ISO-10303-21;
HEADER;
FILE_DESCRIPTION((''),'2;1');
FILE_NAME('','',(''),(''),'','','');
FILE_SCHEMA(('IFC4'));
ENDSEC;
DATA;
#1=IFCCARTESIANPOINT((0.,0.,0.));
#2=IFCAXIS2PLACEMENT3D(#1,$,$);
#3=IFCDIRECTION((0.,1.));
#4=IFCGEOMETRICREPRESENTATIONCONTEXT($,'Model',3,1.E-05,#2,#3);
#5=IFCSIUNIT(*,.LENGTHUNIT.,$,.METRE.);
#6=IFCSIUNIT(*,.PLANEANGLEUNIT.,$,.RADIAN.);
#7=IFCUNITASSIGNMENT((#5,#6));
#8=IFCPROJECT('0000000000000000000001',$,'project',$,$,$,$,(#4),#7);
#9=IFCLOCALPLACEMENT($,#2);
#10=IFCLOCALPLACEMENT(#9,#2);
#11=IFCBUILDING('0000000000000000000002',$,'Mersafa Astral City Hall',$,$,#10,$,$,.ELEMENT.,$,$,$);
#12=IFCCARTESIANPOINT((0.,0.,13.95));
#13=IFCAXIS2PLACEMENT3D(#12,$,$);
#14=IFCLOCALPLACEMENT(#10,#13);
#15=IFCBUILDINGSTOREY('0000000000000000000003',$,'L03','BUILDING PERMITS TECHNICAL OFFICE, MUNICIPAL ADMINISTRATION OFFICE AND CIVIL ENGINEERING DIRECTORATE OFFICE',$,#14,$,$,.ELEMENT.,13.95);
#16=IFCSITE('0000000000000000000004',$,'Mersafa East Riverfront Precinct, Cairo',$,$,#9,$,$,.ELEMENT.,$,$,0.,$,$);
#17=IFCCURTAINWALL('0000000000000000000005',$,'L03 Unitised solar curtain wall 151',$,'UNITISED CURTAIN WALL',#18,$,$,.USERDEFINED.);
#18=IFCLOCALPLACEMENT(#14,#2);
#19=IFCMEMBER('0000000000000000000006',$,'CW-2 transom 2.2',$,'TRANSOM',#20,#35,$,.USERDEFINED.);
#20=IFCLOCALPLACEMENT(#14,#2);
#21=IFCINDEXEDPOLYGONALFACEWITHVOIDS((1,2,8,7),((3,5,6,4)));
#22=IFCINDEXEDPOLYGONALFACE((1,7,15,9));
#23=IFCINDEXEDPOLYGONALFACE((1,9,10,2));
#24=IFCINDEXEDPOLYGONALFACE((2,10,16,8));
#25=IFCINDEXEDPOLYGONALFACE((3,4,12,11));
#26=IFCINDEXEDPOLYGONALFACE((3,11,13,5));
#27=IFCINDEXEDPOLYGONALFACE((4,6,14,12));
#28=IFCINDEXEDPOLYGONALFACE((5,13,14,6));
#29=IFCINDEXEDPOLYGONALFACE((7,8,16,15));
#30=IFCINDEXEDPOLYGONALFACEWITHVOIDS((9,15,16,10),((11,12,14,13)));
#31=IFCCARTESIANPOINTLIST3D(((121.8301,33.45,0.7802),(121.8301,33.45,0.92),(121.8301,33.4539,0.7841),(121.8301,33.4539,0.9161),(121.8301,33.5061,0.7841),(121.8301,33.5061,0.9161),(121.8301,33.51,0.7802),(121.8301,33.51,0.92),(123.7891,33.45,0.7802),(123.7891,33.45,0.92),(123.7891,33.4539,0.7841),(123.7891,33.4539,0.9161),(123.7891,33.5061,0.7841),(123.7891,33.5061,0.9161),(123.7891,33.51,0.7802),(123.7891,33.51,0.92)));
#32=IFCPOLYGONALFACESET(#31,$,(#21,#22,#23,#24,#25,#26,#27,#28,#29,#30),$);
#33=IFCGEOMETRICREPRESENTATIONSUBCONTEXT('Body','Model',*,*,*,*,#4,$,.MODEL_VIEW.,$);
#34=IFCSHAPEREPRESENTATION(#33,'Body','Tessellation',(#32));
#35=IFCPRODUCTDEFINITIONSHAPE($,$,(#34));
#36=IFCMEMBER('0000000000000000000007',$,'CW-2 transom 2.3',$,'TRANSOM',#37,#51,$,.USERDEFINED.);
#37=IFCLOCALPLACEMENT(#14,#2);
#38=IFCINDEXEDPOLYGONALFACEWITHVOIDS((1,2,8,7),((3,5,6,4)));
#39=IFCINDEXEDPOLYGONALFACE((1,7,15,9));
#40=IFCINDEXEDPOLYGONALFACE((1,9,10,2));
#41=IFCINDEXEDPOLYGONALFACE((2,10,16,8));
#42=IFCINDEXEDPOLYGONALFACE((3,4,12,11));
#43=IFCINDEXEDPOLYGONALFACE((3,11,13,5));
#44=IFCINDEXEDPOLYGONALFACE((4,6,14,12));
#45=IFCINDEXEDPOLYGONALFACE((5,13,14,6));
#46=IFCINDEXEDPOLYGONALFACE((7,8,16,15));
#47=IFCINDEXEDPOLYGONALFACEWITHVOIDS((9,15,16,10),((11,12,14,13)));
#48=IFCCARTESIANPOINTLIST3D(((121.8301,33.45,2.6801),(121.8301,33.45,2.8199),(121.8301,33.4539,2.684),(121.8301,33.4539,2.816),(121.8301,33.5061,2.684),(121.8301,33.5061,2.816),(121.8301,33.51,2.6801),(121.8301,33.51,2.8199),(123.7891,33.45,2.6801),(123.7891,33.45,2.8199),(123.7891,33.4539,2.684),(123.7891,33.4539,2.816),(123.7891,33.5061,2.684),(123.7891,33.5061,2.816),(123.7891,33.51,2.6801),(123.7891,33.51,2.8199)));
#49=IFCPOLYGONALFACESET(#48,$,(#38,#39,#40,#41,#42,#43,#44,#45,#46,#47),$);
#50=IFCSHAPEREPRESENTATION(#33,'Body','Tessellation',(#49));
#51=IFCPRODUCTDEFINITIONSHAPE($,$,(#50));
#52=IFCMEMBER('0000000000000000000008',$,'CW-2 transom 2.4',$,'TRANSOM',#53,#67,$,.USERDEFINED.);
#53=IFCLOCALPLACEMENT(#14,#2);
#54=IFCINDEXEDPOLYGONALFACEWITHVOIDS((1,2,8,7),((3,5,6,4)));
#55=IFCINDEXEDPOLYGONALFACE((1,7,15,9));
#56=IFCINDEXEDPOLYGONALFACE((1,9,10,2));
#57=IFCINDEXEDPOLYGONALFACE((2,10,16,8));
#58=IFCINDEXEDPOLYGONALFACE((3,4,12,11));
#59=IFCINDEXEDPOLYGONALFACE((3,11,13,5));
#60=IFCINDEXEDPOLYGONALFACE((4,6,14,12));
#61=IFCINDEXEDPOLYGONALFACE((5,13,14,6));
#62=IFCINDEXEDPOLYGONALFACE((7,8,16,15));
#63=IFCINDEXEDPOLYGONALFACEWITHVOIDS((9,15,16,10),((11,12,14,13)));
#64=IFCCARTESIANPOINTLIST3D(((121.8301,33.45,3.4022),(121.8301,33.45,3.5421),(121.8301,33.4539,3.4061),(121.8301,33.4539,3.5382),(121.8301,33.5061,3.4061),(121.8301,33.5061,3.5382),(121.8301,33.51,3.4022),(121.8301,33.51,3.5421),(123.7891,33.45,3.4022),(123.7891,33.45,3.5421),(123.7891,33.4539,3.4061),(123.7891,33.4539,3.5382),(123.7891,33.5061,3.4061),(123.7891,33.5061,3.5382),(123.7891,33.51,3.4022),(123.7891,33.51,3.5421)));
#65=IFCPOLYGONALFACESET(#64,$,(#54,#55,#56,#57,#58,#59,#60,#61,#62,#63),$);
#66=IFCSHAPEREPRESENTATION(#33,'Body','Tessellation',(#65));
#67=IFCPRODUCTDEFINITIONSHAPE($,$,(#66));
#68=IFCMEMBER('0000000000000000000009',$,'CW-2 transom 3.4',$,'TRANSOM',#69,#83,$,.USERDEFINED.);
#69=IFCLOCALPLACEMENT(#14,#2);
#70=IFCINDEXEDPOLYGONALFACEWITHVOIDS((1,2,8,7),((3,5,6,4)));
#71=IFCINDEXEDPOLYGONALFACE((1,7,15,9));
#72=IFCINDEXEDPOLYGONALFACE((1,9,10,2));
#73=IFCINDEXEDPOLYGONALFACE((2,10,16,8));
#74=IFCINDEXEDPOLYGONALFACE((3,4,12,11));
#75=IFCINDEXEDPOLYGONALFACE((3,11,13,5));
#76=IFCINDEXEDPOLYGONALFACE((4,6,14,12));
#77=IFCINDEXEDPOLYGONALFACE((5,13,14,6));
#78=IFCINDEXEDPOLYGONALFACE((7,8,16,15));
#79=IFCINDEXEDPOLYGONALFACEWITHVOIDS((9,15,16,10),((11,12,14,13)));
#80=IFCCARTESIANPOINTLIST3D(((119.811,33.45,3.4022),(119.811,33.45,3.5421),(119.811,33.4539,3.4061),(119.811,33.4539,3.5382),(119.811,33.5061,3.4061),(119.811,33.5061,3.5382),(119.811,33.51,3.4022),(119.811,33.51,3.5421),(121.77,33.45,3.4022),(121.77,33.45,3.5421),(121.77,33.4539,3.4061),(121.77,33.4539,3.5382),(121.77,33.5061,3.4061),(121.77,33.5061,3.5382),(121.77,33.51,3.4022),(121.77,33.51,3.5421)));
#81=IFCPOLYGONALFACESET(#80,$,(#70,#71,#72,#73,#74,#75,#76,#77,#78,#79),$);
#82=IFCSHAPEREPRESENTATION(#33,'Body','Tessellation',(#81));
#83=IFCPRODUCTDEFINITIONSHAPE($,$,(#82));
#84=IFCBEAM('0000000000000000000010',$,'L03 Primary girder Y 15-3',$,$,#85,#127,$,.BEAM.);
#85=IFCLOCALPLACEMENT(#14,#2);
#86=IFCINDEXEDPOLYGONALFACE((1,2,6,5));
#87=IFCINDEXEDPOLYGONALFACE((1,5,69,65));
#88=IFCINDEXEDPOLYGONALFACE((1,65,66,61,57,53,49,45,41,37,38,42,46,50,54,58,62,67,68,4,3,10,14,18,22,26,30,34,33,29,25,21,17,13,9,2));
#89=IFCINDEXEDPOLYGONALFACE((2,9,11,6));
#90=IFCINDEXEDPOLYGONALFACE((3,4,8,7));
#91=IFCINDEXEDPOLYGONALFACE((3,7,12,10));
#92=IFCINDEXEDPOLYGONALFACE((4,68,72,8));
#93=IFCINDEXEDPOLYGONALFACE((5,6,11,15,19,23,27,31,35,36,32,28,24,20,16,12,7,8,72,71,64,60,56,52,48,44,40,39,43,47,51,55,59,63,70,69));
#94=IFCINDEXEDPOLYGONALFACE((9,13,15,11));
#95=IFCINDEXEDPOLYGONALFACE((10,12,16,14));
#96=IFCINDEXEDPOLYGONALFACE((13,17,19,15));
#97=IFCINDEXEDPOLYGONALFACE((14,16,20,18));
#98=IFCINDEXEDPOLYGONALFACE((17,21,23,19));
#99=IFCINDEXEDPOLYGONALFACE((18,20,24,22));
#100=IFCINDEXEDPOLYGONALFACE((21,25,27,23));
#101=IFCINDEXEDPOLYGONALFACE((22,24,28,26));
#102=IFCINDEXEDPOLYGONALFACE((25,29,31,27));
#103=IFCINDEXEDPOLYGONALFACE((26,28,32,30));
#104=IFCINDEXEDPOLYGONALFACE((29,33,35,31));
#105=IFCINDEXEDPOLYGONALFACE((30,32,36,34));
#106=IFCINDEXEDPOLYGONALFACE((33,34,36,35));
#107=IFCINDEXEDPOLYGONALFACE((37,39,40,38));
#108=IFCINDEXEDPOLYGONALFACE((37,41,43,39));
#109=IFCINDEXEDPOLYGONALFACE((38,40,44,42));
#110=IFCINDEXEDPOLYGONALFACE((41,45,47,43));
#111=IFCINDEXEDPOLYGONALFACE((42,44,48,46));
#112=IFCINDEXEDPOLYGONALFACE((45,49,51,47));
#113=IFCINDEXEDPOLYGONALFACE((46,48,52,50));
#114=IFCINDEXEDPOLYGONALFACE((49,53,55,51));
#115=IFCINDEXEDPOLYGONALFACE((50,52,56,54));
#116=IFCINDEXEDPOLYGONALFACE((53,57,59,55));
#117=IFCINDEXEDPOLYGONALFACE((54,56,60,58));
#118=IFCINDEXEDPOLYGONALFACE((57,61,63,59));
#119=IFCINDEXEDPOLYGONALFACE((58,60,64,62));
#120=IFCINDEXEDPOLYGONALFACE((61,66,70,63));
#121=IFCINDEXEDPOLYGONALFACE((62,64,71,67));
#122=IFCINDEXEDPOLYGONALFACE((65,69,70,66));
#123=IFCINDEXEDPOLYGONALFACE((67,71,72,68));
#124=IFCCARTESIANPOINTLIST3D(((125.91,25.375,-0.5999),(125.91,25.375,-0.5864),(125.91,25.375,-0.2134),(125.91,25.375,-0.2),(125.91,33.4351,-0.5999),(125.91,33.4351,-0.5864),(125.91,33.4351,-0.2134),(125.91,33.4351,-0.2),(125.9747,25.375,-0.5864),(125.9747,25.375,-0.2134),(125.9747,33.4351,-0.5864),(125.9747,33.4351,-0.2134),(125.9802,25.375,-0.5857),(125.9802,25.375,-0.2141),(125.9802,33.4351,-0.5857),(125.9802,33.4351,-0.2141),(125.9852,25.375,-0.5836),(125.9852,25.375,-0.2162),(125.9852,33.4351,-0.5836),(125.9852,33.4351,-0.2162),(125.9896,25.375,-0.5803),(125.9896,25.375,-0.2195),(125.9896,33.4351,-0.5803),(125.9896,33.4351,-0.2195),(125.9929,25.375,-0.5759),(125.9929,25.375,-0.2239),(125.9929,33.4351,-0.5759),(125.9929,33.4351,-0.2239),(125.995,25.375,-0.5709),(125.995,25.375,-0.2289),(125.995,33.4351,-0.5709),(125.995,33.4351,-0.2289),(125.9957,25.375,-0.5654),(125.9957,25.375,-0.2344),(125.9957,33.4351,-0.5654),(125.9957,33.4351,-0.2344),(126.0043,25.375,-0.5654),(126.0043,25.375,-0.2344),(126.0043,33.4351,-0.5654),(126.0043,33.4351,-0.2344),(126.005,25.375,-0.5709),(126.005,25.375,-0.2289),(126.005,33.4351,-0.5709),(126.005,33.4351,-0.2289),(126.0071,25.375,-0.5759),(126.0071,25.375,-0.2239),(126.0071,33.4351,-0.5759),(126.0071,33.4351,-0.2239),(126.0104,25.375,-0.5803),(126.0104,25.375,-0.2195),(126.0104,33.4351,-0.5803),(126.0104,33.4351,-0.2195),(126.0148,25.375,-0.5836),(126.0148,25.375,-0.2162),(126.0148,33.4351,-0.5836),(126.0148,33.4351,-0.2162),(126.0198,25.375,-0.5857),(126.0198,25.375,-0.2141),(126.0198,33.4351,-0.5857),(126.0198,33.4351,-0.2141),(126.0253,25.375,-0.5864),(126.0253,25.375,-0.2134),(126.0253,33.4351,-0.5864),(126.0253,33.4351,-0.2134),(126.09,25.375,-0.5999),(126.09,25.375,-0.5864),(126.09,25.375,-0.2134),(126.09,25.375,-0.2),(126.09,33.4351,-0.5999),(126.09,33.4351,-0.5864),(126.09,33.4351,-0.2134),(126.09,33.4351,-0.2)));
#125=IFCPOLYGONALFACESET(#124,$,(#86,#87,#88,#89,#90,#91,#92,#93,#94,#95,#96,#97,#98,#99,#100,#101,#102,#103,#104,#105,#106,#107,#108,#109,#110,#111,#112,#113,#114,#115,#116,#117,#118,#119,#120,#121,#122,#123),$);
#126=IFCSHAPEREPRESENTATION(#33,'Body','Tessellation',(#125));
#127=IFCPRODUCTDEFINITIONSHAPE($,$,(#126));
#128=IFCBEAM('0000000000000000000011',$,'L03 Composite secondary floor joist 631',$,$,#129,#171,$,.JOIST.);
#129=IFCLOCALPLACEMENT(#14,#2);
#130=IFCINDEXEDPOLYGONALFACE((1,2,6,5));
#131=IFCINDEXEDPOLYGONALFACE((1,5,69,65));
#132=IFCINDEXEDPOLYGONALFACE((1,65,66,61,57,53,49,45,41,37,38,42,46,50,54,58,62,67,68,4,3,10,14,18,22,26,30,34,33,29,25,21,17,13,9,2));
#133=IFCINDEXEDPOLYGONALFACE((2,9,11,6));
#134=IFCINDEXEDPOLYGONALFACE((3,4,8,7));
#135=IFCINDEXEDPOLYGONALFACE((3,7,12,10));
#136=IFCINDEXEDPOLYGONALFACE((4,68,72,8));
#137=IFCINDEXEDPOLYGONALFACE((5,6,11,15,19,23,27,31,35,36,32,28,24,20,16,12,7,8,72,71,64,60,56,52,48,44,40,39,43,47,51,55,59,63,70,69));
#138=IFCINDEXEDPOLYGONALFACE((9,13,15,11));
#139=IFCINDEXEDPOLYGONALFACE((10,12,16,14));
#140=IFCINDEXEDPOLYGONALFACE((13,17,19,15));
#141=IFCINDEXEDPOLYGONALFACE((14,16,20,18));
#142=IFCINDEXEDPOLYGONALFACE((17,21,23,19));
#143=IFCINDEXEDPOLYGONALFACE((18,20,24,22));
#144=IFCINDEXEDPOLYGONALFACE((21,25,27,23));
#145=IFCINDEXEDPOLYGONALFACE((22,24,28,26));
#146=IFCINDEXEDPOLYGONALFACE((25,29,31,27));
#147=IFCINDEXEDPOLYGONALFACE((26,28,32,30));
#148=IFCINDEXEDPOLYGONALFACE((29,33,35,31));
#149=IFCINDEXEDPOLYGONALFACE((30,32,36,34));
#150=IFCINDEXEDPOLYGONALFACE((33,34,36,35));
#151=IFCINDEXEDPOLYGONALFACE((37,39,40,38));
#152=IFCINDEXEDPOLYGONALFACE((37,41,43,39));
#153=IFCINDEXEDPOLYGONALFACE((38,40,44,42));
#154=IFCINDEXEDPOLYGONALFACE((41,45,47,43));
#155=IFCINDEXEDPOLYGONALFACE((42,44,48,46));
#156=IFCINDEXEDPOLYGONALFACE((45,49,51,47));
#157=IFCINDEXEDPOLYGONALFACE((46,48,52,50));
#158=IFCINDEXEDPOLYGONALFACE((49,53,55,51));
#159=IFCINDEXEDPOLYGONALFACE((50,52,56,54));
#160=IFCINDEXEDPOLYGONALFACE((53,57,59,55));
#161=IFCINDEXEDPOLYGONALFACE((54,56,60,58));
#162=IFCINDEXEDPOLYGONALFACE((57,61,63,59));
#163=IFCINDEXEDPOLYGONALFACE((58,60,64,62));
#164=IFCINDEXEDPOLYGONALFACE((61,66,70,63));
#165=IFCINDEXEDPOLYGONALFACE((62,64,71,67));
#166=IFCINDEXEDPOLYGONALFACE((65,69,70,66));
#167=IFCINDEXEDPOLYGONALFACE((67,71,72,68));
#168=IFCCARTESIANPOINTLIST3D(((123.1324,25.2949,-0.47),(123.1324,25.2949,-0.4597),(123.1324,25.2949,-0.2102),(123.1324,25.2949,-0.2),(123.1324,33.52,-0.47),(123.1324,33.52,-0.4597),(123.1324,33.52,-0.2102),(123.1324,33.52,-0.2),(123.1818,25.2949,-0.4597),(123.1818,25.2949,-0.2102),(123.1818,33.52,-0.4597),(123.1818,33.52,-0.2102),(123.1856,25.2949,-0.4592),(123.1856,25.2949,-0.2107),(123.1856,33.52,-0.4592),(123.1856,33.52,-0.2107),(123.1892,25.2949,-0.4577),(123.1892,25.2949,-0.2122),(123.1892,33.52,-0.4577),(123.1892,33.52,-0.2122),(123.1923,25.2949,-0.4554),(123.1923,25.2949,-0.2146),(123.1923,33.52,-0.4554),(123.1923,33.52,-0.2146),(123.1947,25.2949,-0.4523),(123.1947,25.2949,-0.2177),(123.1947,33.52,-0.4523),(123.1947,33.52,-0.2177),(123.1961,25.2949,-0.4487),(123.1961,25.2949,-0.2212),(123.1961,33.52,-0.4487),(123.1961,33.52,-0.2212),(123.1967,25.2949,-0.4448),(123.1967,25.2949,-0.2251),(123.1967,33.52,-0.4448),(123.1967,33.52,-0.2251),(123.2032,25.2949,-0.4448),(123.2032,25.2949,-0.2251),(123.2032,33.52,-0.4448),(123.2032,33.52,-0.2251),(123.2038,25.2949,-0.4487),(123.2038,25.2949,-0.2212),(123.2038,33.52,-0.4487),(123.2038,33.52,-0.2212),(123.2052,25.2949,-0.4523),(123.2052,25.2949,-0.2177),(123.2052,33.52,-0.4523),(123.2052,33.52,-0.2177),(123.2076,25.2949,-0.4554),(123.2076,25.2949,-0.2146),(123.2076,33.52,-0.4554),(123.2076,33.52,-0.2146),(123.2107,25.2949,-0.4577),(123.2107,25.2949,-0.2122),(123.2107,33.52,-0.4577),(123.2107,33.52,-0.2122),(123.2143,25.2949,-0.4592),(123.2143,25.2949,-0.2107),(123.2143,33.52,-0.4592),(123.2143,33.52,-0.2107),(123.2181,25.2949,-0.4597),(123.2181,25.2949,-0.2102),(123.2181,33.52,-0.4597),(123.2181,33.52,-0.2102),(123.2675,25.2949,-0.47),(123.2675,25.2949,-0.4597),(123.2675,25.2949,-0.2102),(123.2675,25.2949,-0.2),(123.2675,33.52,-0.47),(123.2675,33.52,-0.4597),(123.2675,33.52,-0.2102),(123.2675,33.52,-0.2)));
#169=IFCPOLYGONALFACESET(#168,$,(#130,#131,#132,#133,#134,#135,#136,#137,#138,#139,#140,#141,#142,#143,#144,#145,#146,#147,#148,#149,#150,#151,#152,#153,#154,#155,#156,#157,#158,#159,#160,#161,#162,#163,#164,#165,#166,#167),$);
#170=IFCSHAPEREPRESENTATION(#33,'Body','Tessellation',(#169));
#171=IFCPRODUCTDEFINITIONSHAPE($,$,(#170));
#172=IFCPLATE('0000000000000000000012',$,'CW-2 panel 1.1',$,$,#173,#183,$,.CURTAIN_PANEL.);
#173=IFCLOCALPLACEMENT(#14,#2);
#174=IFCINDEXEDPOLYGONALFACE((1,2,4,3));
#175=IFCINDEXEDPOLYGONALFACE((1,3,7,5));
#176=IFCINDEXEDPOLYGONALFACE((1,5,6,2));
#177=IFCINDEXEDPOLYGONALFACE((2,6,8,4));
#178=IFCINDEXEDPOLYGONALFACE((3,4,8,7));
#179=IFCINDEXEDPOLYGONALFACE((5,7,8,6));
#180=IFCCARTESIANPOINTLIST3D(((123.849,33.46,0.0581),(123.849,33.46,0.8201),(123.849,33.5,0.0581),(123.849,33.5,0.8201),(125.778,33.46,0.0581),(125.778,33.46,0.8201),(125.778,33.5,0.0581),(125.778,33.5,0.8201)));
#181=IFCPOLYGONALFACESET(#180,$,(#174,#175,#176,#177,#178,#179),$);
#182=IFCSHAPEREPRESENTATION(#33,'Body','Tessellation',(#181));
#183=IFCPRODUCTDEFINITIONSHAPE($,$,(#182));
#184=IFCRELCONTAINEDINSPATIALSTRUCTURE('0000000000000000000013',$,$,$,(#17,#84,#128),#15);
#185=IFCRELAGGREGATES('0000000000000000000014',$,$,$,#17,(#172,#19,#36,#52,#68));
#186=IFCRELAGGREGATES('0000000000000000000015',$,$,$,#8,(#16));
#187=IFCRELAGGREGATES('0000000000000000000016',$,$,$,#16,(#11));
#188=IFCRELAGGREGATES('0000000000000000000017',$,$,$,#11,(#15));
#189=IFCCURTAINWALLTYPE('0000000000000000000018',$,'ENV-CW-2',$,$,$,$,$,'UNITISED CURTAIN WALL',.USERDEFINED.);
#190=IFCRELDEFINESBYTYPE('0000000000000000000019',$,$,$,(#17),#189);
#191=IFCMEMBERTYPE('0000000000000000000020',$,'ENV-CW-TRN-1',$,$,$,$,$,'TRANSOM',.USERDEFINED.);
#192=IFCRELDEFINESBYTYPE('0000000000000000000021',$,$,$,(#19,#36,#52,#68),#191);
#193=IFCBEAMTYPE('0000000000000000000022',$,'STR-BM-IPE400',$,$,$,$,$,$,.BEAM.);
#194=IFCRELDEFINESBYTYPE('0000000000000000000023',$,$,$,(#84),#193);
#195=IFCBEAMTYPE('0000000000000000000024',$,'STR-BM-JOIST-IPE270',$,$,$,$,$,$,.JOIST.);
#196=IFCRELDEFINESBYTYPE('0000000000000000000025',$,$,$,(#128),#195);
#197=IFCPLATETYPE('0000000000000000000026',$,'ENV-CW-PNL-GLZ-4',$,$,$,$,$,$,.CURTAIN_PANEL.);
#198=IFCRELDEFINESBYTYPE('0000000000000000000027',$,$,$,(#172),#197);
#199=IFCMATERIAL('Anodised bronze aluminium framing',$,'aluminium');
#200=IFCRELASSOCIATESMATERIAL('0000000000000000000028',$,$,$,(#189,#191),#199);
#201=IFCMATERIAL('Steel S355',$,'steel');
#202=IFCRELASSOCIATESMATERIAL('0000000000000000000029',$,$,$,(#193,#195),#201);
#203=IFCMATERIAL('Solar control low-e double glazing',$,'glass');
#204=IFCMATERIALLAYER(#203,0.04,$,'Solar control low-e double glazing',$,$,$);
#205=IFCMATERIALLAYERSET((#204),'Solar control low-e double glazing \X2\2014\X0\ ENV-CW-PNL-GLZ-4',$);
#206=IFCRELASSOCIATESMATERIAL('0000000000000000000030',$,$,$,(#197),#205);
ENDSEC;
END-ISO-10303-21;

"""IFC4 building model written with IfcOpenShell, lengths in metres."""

from ifc_helpers import new_model, si_unit, direction, frame, origin, origin_2d, place, context, subcontext, project, spatial, rectangle, hollow_rectangle, i_section, extrude, material, layer, layer_set, material_profile, profile_set, type_object, element, aggregate, save


model = new_model("IFC4")

# Units and contexts
model_context = context("Model", 3, precision=1e-05, world=origin(), true_north=direction((0.0, 1.0)))
body_context = subcontext(model_context, "Body", "Model", "MODEL_VIEW")
ifc_project = project(units=[si_unit("LENGTHUNIT", "METRE"), si_unit("PLANEANGLEUNIT", "RADIAN")], contexts=[model_context])

# Site, building, storey
site_placement = place(None, origin())
site = spatial("IfcSite", under=ifc_project, at=site_placement, Name="Mersafa East Riverfront Precinct, Cairo", CompositionType="ELEMENT", RefElevation=0.0)
building_placement = place(site_placement, origin())
building = spatial("IfcBuilding", under=site, at=building_placement, Name="Mersafa Astral City Hall", CompositionType="ELEMENT")
storey_placement = place(building_placement, frame((0.0, 0.0, 13.95)))
storey = spatial("IfcBuildingStorey", under=building, at=storey_placement, Name="L03", Description="BUILDING PERMITS TECHNICAL OFFICE, MUNICIPAL ADMINISTRATION OFFICE AND CIVIL ENGINEERING DIRECTORATE OFFICE", CompositionType="ELEMENT", Elevation=13.95)

# Shared definitions
ifc_material_1 = material(Name="Steel S355", Category="steel")

# Curtain wall, members
ifc_material_2 = material(Name="Anodised bronze aluminium framing", Category="aluminium")
curtain_wall_type = type_object("IfcCurtainWallType", Name="ENV-CW-2", ElementType="UNITISED CURTAIN WALL", PredefinedType="USERDEFINED", material=ifc_material_2)
curtain_wall_placement = place(storey_placement, origin())
curtain_wall = element("IfcCurtainWall", 1, at=curtain_wall_placement, inside=storey, type_object=curtain_wall_type, Name="L03 Unitised solar curtain wall 151", ObjectType="UNITISED CURTAIN WALL", PredefinedType="USERDEFINED")
ifc_material_profile_1 = material_profile(ifc_material_2, hollow_rectangle(XDim=0.0601, YDim=0.1399, WallThickness=0.0039, at=origin_2d()), Name="RHS 60x140x4")
ifc_profile_set_1 = profile_set([ifc_material_profile_1], Name="Anodised bronze aluminium framing")
member_type_1 = type_object("IfcMemberType", Name="ENV-CW-TRN-1", ElementType="TRANSOM", PredefinedType="USERDEFINED", material=ifc_profile_set_1)
member_1_placement = place(storey_placement, frame((123.7891, 33.48, 0.8501), z_axis=(-1.0, 0.0, 0.0), x_axis=(0.0, -1.0, 0.0)))
member_1 = element("IfcMember", 2, at=member_1_placement, type_object=member_type_1, Name="CW-2 transom 2.2", ObjectType="TRANSOM", PredefinedType="USERDEFINED", context=body_context, shape_type="SweptSolid", body=[
    extrude(hollow_rectangle(XDim=0.0601, YDim=0.1399, WallThickness=0.0039, at=origin_2d()), origin(), (0.0, 0.0, 1.0), 1.959),
])
member_2_placement = place(storey_placement, frame((123.7891, 33.48, 2.75), z_axis=(-1.0, 0.0, 0.0), x_axis=(0.0, -1.0, 0.0)))
member_2 = element("IfcMember", 3, at=member_2_placement, type_object=member_type_1, Name="CW-2 transom 2.3", ObjectType="TRANSOM", PredefinedType="USERDEFINED", context=body_context, shape_type="SweptSolid", body=[
    extrude(hollow_rectangle(XDim=0.0601, YDim=0.1399, WallThickness=0.0039, at=origin_2d()), origin(), (0.0, 0.0, 1.0), 1.959),
])
member_3_placement = place(storey_placement, frame((123.7891, 33.48, 3.4722), z_axis=(-1.0, 0.0, 0.0), x_axis=(0.0, -1.0, 0.0)))
member_3 = element("IfcMember", 4, at=member_3_placement, type_object=member_type_1, Name="CW-2 transom 2.4", ObjectType="TRANSOM", PredefinedType="USERDEFINED", context=body_context, shape_type="SweptSolid", body=[
    extrude(hollow_rectangle(XDim=0.0601, YDim=0.1399, WallThickness=0.0039, at=origin_2d()), origin(), (0.0, 0.0, 1.0), 1.959),
])
member_4_placement = place(storey_placement, frame((121.77, 33.48, 3.4722), z_axis=(-1.0, 0.0, 0.0), x_axis=(0.0, -1.0, 0.0)))
member_4 = element("IfcMember", 5, at=member_4_placement, type_object=member_type_1, Name="CW-2 transom 3.4", ObjectType="TRANSOM", PredefinedType="USERDEFINED", context=body_context, shape_type="SweptSolid", body=[
    extrude(hollow_rectangle(XDim=0.0601, YDim=0.1399, WallThickness=0.0039, at=origin_2d()), origin(), (0.0, 0.0, 1.0), 1.959),
])

# Beams
ifc_material_profile_2 = material_profile(ifc_material_1, i_section(OverallWidth=0.1799, OverallDepth=0.3999, WebThickness=0.0085, FlangeThickness=0.0134, FilletRadius=0.021, at=origin_2d()), Name="IPE 400")
ifc_profile_set_2 = profile_set([ifc_material_profile_2], Name="Steel S355")
beam_type_1 = type_object("IfcBeamType", Name="STR-BM-IPE400", PredefinedType="BEAM", material=ifc_profile_set_2)
beam_1_placement = place(storey_placement, frame((126.0, 25.375, -0.3999), z_axis=(0.0, 1.0, 0.0), x_axis=(-1.0, 0.0, 0.0)))
element("IfcBeam", 6, at=beam_1_placement, inside=storey, type_object=beam_type_1, Name="L03 Primary girder Y 15-3", PredefinedType="BEAM", context=body_context, shape_type="SweptSolid", body=[
    extrude(i_section(OverallWidth=0.1799, OverallDepth=0.3999, WebThickness=0.0085, FlangeThickness=0.0134, FilletRadius=0.021, at=origin_2d()), origin(), (0.0, 0.0, 1.0), 8.0601),
])
ifc_material_profile_3 = material_profile(ifc_material_1, i_section(OverallWidth=0.135, OverallDepth=0.27, WebThickness=0.0066, FlangeThickness=0.0103, FilletRadius=0.0149, at=origin_2d()), Name="IPE 270")
ifc_profile_set_3 = profile_set([ifc_material_profile_3], Name="Steel S355")
beam_type_2 = type_object("IfcBeamType", Name="STR-BM-JOIST-IPE270", PredefinedType="JOIST", material=ifc_profile_set_3)
beam_2_placement = place(storey_placement, frame((123.2, 25.2949, -0.335), z_axis=(0.0, 1.0, 0.0), x_axis=(-1.0, 0.0, 0.0)))
element("IfcBeam", 7, at=beam_2_placement, inside=storey, type_object=beam_type_2, Name="L03 Composite secondary floor joist 631", PredefinedType="JOIST", context=body_context, shape_type="SweptSolid", body=[
    extrude(i_section(OverallWidth=0.135, OverallDepth=0.27, WebThickness=0.0066, FlangeThickness=0.0103, FilletRadius=0.0149, at=origin_2d()), origin(), (0.0, 0.0, 1.0), 8.2251),
])

# Plate
ifc_material_3 = material(Name="Solar control low-e double glazing", Category="glass")
ifc_layer = layer(ifc_material_3, 0.04, Name="Solar control low-e double glazing")
ifc_layer_set = layer_set([ifc_layer], Name="Solar control low-e double glazing — ENV-CW-PNL-GLZ-4")
plate_type = type_object("IfcPlateType", Name="ENV-CW-PNL-GLZ-4", PredefinedType="CURTAIN_PANEL", material=ifc_layer_set)
plate_1_placement = place(storey_placement, frame((124.8135, 33.48, 0.0581), z_axis=(0.0, 0.0, 1.0), x_axis=(-1.0, 0.0, 0.0)))
plate_1 = element("IfcPlate", 8, at=plate_1_placement, type_object=plate_type, Name="CW-2 panel 1.1", PredefinedType="CURTAIN_PANEL", context=body_context, shape_type="SweptSolid", body=[
    extrude(rectangle(XDim=1.929, YDim=0.04, at=origin_2d()), origin(), (0.0, 0.0, 1.0), 0.762),
])
aggregate(curtain_wall, [plate_1, member_1, member_2, member_3, member_4])

save(model, "model.ifc")
